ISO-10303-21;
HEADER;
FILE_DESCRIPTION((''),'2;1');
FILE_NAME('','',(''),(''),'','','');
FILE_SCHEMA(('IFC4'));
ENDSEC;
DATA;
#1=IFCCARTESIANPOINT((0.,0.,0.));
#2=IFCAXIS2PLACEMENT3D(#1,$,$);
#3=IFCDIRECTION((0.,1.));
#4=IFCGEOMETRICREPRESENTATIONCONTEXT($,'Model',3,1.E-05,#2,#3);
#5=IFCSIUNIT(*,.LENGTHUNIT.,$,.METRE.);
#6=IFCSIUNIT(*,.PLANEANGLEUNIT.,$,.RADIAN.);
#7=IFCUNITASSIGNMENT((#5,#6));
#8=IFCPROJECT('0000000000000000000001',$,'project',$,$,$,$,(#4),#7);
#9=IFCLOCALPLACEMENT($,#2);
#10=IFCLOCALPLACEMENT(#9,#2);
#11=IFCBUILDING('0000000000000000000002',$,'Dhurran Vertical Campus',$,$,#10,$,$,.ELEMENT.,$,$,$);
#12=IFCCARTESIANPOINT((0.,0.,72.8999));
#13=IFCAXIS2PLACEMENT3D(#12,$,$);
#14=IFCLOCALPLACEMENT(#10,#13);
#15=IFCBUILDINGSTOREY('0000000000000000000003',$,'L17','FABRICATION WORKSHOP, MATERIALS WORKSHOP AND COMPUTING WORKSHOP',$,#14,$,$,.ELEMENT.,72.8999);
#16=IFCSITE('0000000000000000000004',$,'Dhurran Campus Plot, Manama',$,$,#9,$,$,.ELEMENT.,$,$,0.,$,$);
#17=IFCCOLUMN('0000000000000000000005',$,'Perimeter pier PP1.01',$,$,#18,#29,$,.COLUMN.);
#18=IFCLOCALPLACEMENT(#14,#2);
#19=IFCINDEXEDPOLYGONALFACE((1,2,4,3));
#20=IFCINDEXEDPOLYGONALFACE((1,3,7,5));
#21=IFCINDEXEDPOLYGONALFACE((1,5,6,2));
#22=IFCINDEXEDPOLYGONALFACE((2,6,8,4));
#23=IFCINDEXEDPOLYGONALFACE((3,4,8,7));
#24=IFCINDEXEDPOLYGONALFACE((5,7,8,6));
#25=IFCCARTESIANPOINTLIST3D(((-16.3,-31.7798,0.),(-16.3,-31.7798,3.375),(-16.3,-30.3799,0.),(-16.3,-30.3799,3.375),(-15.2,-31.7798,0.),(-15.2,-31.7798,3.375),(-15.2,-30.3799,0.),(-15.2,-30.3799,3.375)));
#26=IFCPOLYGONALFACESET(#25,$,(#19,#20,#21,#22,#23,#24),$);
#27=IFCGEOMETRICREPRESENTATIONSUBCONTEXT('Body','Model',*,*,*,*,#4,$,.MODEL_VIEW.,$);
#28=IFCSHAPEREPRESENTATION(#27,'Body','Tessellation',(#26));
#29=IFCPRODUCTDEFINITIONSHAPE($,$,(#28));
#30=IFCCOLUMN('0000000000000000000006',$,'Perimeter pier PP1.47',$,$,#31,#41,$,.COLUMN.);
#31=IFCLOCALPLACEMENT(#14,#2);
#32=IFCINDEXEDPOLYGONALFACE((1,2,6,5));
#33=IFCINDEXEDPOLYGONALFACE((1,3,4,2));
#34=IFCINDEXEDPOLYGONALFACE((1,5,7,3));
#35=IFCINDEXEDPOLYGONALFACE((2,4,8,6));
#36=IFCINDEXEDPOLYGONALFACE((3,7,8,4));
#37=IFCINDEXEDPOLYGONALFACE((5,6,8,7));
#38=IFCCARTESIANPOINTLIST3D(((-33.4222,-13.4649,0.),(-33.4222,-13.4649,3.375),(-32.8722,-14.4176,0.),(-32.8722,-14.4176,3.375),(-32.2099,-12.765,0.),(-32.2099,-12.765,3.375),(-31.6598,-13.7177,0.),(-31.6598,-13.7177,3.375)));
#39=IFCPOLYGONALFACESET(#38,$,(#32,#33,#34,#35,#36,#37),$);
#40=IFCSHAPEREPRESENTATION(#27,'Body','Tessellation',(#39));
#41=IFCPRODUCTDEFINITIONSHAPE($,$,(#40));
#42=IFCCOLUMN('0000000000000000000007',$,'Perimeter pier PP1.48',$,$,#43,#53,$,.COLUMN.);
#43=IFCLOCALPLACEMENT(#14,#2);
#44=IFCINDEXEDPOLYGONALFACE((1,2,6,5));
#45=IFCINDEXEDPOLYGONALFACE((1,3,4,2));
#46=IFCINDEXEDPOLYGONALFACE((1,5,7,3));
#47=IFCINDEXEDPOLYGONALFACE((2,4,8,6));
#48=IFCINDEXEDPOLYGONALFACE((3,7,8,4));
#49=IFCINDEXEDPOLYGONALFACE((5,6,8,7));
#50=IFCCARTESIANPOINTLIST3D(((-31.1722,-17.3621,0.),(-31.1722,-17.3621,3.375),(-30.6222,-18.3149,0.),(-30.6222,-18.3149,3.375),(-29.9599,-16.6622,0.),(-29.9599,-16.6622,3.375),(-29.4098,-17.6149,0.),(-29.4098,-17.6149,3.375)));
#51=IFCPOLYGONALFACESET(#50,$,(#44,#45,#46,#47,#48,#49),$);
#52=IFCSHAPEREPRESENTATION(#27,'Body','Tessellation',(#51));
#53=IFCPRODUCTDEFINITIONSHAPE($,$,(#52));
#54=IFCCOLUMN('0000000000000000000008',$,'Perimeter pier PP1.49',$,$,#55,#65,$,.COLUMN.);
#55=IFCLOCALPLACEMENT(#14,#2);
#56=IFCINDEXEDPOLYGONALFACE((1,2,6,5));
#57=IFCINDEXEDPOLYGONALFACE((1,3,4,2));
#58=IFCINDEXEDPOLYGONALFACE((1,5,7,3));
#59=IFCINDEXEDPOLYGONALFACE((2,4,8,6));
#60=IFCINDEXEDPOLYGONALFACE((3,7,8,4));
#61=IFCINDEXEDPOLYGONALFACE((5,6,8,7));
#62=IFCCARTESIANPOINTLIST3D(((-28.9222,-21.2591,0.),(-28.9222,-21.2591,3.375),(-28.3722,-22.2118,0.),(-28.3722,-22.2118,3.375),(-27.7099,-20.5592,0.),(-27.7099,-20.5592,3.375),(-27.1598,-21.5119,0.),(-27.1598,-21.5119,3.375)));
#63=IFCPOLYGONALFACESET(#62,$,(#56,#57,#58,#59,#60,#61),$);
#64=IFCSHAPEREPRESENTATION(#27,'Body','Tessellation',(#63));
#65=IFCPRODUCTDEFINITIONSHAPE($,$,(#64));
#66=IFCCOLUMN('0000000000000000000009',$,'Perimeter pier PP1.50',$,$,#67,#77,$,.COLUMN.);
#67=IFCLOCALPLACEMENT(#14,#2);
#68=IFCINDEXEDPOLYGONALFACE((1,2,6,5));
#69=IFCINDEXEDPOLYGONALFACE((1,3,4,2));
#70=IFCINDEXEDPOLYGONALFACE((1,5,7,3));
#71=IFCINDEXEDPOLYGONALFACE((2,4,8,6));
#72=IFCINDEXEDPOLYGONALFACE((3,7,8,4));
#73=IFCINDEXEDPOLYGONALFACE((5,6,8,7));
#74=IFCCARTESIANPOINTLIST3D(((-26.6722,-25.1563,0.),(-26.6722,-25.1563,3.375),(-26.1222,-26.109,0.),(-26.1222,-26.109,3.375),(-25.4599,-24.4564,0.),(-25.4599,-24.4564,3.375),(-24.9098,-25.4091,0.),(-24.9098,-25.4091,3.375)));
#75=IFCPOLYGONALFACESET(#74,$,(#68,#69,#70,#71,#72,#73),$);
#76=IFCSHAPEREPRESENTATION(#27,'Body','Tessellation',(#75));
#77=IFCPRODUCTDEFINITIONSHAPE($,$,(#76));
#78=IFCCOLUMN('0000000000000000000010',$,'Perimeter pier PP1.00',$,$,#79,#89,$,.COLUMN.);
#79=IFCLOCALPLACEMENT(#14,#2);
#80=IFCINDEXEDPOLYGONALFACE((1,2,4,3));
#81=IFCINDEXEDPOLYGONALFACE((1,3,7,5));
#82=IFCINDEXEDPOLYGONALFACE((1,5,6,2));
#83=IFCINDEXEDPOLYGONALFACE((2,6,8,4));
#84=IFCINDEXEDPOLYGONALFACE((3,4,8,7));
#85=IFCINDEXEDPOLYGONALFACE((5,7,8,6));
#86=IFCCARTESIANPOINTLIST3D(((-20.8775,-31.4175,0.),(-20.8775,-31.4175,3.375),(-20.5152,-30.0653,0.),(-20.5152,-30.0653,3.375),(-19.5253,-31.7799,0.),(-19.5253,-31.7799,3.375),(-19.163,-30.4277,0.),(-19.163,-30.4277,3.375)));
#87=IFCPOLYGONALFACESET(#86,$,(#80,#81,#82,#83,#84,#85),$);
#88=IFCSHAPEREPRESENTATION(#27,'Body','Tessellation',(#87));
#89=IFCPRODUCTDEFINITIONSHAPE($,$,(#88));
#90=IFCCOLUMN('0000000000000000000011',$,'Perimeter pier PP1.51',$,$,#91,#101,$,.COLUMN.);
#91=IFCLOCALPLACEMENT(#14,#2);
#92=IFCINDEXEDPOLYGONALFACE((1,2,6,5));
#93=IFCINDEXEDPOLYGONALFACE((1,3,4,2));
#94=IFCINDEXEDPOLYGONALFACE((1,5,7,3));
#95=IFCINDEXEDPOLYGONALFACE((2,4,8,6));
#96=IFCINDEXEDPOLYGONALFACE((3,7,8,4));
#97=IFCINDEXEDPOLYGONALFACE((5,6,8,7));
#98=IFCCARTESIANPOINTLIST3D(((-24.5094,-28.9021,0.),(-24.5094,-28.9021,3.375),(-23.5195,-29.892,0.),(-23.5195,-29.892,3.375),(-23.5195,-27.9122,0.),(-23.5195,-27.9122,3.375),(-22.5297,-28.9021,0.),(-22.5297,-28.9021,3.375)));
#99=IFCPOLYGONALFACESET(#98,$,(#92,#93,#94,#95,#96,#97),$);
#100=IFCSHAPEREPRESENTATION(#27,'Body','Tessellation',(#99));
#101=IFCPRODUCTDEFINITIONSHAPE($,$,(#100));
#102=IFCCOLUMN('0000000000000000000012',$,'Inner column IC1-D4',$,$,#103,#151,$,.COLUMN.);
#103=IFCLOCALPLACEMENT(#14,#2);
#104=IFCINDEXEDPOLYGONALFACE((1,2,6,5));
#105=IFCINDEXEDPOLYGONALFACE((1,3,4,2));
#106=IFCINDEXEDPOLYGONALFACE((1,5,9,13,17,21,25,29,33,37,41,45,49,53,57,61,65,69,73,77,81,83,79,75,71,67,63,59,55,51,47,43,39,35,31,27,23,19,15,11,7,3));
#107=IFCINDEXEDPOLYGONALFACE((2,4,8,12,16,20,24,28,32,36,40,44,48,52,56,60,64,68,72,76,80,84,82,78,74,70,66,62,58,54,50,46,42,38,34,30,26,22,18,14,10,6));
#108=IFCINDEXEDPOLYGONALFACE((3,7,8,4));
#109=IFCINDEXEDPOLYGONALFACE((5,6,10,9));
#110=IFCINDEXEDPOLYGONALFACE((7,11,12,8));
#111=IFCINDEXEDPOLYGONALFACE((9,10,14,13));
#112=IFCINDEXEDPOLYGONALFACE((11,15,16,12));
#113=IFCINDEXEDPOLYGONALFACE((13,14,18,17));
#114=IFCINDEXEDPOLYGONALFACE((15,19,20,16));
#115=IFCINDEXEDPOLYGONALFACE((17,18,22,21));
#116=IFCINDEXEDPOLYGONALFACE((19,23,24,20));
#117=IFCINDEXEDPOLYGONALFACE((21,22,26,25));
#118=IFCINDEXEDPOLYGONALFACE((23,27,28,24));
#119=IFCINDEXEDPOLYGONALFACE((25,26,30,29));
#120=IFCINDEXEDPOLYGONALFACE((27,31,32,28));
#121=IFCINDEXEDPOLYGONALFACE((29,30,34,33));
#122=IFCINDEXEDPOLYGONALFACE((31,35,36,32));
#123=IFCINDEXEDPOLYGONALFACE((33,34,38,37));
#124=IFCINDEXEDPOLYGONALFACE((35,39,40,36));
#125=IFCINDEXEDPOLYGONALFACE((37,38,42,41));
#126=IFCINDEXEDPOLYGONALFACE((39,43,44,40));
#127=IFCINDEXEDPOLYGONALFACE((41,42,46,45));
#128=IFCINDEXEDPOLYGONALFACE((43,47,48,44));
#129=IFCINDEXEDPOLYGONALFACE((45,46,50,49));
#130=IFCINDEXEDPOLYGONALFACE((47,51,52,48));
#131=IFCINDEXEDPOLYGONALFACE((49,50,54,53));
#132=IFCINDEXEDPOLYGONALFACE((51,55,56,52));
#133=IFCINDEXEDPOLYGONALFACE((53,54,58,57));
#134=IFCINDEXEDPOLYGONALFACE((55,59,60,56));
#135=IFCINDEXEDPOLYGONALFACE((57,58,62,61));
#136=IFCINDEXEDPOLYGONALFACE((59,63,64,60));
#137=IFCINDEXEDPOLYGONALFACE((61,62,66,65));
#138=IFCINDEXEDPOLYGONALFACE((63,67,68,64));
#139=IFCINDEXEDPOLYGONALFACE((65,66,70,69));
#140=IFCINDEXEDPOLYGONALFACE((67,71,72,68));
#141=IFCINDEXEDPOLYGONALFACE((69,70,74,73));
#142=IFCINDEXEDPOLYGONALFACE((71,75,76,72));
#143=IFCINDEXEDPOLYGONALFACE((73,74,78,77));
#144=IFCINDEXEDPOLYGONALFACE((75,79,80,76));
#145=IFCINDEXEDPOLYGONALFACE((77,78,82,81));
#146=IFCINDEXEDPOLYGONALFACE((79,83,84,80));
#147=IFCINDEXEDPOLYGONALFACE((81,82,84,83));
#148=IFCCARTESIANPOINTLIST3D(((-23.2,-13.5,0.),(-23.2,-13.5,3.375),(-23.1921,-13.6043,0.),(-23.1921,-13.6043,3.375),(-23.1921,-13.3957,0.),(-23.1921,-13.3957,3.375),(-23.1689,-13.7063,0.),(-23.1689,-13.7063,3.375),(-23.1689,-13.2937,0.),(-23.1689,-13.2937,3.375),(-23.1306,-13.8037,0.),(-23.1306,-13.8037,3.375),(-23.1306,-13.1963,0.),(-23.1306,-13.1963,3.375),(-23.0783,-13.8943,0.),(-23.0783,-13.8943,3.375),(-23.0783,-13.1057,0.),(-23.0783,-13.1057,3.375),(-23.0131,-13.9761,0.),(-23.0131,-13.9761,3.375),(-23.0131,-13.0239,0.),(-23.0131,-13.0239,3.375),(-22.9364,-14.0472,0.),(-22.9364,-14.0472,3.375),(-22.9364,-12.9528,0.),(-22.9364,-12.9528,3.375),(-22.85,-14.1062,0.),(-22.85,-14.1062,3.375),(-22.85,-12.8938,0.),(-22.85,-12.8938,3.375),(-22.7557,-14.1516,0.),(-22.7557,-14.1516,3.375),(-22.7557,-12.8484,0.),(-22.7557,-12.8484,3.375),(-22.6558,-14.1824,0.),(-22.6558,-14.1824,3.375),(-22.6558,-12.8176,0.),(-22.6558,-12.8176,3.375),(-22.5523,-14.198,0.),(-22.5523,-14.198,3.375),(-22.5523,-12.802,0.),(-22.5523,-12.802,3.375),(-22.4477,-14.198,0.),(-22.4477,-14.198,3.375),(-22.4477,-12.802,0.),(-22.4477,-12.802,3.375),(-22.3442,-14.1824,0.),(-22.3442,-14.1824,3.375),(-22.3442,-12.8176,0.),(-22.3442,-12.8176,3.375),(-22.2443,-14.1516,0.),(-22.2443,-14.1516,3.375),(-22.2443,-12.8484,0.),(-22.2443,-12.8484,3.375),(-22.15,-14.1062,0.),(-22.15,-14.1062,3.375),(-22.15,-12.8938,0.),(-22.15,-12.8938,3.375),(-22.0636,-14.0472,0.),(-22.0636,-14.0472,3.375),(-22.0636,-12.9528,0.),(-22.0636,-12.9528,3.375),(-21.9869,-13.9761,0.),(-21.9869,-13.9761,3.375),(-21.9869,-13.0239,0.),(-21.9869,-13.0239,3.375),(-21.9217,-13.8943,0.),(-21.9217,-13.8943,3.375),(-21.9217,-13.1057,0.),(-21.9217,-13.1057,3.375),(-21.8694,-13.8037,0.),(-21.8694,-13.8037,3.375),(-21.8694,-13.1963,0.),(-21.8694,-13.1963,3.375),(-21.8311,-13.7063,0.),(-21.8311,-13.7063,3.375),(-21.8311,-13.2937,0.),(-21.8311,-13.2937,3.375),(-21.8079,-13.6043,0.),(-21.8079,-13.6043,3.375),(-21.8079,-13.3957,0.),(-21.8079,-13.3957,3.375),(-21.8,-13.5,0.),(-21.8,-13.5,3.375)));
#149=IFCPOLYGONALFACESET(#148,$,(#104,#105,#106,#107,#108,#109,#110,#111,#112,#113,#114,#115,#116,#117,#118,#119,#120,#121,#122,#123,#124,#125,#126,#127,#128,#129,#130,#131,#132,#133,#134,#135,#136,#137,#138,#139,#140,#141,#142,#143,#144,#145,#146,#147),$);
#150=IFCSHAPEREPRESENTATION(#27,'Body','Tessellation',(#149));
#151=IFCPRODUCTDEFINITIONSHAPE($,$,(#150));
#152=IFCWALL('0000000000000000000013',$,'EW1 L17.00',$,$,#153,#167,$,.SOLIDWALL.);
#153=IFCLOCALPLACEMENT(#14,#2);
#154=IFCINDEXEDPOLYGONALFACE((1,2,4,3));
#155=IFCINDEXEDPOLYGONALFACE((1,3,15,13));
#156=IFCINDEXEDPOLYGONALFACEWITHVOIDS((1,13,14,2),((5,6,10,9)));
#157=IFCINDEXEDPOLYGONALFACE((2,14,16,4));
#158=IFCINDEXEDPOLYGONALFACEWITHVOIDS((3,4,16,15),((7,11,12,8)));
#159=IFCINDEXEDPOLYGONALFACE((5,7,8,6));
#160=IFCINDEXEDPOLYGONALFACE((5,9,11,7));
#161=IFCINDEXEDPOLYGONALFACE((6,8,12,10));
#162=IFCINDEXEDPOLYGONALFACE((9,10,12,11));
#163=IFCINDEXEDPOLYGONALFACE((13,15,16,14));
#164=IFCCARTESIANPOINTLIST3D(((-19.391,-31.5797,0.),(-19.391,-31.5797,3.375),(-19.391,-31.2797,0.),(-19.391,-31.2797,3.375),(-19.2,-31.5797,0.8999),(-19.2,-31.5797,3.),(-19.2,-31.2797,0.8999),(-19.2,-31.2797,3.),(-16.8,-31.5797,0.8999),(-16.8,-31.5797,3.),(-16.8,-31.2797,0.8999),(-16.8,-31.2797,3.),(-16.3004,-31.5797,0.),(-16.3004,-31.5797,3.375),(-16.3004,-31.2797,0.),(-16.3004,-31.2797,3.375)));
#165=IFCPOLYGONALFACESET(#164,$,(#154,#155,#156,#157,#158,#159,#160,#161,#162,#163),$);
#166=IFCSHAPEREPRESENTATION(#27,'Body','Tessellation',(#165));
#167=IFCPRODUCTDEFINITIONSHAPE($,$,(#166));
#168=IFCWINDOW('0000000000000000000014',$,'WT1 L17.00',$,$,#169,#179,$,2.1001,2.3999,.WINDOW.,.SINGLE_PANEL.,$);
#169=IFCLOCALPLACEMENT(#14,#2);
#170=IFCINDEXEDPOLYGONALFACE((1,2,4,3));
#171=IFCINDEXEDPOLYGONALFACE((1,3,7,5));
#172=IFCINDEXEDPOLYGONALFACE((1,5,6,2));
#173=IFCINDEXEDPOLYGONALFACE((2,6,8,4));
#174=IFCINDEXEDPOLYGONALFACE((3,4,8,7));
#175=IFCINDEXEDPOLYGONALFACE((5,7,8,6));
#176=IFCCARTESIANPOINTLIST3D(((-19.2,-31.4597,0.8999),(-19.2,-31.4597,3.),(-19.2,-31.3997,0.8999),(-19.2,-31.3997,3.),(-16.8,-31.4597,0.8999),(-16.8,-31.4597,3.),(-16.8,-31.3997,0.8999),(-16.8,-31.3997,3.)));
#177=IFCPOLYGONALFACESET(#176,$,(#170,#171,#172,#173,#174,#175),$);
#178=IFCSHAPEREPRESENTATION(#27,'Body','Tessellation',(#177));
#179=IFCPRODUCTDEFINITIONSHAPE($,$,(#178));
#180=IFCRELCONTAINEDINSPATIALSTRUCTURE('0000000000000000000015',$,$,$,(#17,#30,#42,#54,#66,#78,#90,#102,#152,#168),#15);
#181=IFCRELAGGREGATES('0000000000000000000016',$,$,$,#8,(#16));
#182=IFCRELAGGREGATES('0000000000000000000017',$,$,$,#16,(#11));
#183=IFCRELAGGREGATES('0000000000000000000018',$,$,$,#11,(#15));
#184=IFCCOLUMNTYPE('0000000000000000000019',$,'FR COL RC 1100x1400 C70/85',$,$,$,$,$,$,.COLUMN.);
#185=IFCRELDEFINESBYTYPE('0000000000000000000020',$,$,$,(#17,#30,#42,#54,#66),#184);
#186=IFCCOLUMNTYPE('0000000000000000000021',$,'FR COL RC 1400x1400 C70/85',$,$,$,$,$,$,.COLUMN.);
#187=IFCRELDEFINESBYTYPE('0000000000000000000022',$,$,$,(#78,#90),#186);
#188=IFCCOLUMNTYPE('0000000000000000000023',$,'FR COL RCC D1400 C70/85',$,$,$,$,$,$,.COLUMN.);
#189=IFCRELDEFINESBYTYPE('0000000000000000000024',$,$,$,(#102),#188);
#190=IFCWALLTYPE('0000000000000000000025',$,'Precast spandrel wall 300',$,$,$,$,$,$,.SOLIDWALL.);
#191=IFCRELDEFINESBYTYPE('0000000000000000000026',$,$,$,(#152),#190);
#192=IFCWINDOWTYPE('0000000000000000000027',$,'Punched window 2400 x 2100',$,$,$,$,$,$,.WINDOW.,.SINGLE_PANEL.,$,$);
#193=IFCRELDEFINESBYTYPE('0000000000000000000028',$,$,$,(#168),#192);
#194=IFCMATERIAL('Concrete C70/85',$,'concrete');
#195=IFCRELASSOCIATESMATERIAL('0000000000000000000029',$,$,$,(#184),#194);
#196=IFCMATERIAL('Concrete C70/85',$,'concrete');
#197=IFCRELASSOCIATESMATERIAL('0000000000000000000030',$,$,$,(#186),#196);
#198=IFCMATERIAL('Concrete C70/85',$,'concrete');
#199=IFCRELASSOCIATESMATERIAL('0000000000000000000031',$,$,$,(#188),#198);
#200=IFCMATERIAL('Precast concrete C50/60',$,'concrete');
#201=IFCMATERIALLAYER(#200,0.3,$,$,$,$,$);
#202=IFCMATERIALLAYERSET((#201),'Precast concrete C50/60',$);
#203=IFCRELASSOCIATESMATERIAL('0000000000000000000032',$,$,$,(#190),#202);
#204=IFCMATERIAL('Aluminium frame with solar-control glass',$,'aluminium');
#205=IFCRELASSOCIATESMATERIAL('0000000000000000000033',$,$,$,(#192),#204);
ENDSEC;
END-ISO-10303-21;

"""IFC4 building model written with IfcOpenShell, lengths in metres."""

from ifc_helpers import new_model, si_unit, direction, frame, frame_2d, origin, origin_2d, place, context, subcontext, project, spatial, rectangle, circle, extrude, material, layer, layer_set, material_profile, profile_set, type_object, element, fill, save


model = new_model("IFC4")

# Units and contexts
model_context = context("Model", 3, precision=1e-05, world=origin(), true_north=direction((0.0, 1.0)))
body_context = subcontext(model_context, "Body", "Model", "MODEL_VIEW")
ifc_project = project(units=[si_unit("LENGTHUNIT", "METRE"), si_unit("PLANEANGLEUNIT", "RADIAN")], contexts=[model_context])

# Site, building, storey
site_placement = place(None, origin())
site = spatial("IfcSite", under=ifc_project, at=site_placement, Name="Dhurran Campus Plot, Manama", CompositionType="ELEMENT", RefElevation=0.0)
building_placement = place(site_placement, origin())
building = spatial("IfcBuilding", under=site, at=building_placement, Name="Dhurran Vertical Campus", CompositionType="ELEMENT")
storey_placement = place(building_placement, frame((0.0, 0.0, 72.8999)))
storey = spatial("IfcBuildingStorey", under=building, at=storey_placement, Name="L17", Description="FABRICATION WORKSHOP, MATERIALS WORKSHOP AND COMPUTING WORKSHOP", CompositionType="ELEMENT", Elevation=72.8999)

# Columns
ifc_material_1 = material(Name="Concrete C70/85", Category="concrete")
ifc_material_profile_1 = material_profile(ifc_material_1, rectangle(XDim=1.1001, YDim=1.3999, at=origin_2d()), Name="RC 1100x1400")
ifc_profile_set_1 = profile_set([ifc_material_profile_1], Name="Concrete C70/85")
column_type_1 = type_object("IfcColumnType", Name="FR COL RC 1100x1400 C70/85", PredefinedType="COLUMN", material=ifc_profile_set_1)
for number, where, z_axis, x_axis, name in (
    (1, (-15.75, -31.0798, 0.0), (0.0, 0.0, 1.0), (1.0, 0.0, 0.0), "Perimeter pier PP1.01"),
    (2, (-32.541, -13.5913, 0.0), (0.0, 0.0, 1.0), (0.5, -0.866025, 0.0), "Perimeter pier PP1.47"),
    (3, (-30.291, -17.4885, 0.0), (0.0, 0.0, 1.0), (0.5, -0.866025, 0.0), "Perimeter pier PP1.48"),
    (4, (-28.041, -21.3855, 0.0), (0.0, 0.0, 1.0), (0.5, -0.866025, 0.0), "Perimeter pier PP1.49"),
    (5, (-25.791, -25.2827, 0.0), (0.0, 0.0, 1.0), (0.5, -0.866025, 0.0), "Perimeter pier PP1.50"),
):
    element("IfcColumn", number, at=place(storey_placement, frame(where, z_axis=z_axis, x_axis=x_axis)), inside=storey, type_object=column_type_1, Name=name, PredefinedType="COLUMN", context=body_context, shape_type="SweptSolid", body=[
        extrude(rectangle(XDim=1.1001, YDim=1.3999, at=origin_2d()), origin(), (0.0, 0.0, 1.0), 3.375),
    ])
ifc_material_2 = material(Name="Concrete C70/85", Category="concrete")
ifc_material_profile_2 = material_profile(ifc_material_2, rectangle(XDim=1.3999, YDim=1.3999, at=origin_2d()), Name="RC 1400x1400")
ifc_profile_set_2 = profile_set([ifc_material_profile_2], Name="Concrete C70/85")
column_type_2 = type_object("IfcColumnType", Name="FR COL RC 1400x1400 C70/85", PredefinedType="COLUMN", material=ifc_profile_set_2)
for number, where, z_axis, x_axis, name in (
    (6, (-20.0203, -30.9226, 0.0), (0.0, 0.0, 1.0), (0.965926, -0.258819, 0.0), "Perimeter pier PP1.00"),
    (7, (-23.5195, -28.9021, 0.0), (0.0, 0.0, 1.0), (0.707107, -0.707107, 0.0), "Perimeter pier PP1.51"),
):
    element("IfcColumn", number, at=place(storey_placement, frame(where, z_axis=z_axis, x_axis=x_axis)), inside=storey, type_object=column_type_2, Name=name, PredefinedType="COLUMN", context=body_context, shape_type="SweptSolid", body=[
        extrude(rectangle(XDim=1.3999, YDim=1.3999, at=origin_2d()), origin(), (0.0, 0.0, 1.0), 3.375),
    ])
ifc_material_3 = material(Name="Concrete C70/85", Category="concrete")
ifc_material_profile_3 = material_profile(ifc_material_3, circle(Radius=0.7, at=origin_2d()), Name="RCC D1400")
ifc_profile_set_3 = profile_set([ifc_material_profile_3], Name="Concrete C70/85")
column_type_3 = type_object("IfcColumnType", Name="FR COL RCC D1400 C70/85", PredefinedType="COLUMN", material=ifc_profile_set_3)
column_placement = place(storey_placement, frame((-22.5, -13.5, 0.0), z_axis=(0.0, 0.0, 1.0), x_axis=(1.0, 0.0, 0.0)))
element("IfcColumn", 8, at=column_placement, inside=storey, type_object=column_type_3, Name="Inner column IC1-D4", PredefinedType="COLUMN", context=body_context, shape_type="SweptSolid", body=[
    extrude(circle(Radius=0.7, at=origin_2d()), origin(), (0.0, 0.0, 1.0), 3.375),
])

# Wall, opening, window
ifc_material_4 = material(Name="Precast concrete C50/60", Category="concrete")
ifc_layer_1 = layer(ifc_material_4, 0.3)
ifc_layer_set_1 = layer_set([ifc_layer_1], Name="Precast concrete C50/60")
wall_type_1 = type_object("IfcWallType", Name="Precast spandrel wall 300", PredefinedType="SOLIDWALL", material=ifc_layer_set_1)
wall_1_placement = place(storey_placement, frame((-19.3911, -31.4297, 0.0), z_axis=(0.0, 0.0, 1.0), x_axis=(1.0, 0.0, 0.0)))
wall_1 = element("IfcWall", 9, at=wall_1_placement, inside=storey, type_object=wall_type_1, Name="EW1 L17.00", PredefinedType="SOLIDWALL", context=body_context, shape_type="SweptSolid", body=[
    extrude(rectangle(XDim=3.0906, YDim=0.3, at=frame_2d((1.5454, 0.0))), origin(), (0.0, 0.0, 1.0), 3.375),
])
opening_1_placement = place(wall_1_placement, frame((0.1912, 0.0, 0.8999)))
opening_1 = element("IfcOpeningElement", 10, at=opening_1_placement, cuts=wall_1, PredefinedType="OPENING", context=body_context, shape_type="SweptSolid", body=[
    extrude(rectangle(XDim=2.3999, YDim=2.1001, at=frame_2d((1.2, 1.05))), frame((0.0, 0.1599, 0.0), z_axis=(0.0, -1.0, 0.0), x_axis=(1.0, 0.0, 0.0)), (0.0, 0.0, 1.0), 0.3201),
])
ifc_material_5 = material(Name="Aluminium frame with solar-control glass", Category="aluminium")
window_type = type_object("IfcWindowType", Name="Punched window 2400 x 2100", PartitioningType="SINGLE_PANEL", PredefinedType="WINDOW", material=ifc_material_5)
window_1_placement = place(opening_1_placement, origin())
window_1 = element("IfcWindow", 11, at=window_1_placement, inside=storey, type_object=window_type, Name="WT1 L17.00", OverallHeight=2.1001, OverallWidth=2.3999, PartitioningType="SINGLE_PANEL", PredefinedType="WINDOW", context=body_context, shape_type="SweptSolid", body=[
    extrude(rectangle(XDim=2.3999, YDim=2.1001, at=frame_2d((1.2, 1.05))), frame((0.0, 0.03, 0.0), z_axis=(0.0, -1.0, 0.0), x_axis=(1.0, 0.0, 0.0)), (0.0, 0.0, 1.0), 0.0601),
])
fill(opening_1, window_1)

save(model, "model.ifc")
